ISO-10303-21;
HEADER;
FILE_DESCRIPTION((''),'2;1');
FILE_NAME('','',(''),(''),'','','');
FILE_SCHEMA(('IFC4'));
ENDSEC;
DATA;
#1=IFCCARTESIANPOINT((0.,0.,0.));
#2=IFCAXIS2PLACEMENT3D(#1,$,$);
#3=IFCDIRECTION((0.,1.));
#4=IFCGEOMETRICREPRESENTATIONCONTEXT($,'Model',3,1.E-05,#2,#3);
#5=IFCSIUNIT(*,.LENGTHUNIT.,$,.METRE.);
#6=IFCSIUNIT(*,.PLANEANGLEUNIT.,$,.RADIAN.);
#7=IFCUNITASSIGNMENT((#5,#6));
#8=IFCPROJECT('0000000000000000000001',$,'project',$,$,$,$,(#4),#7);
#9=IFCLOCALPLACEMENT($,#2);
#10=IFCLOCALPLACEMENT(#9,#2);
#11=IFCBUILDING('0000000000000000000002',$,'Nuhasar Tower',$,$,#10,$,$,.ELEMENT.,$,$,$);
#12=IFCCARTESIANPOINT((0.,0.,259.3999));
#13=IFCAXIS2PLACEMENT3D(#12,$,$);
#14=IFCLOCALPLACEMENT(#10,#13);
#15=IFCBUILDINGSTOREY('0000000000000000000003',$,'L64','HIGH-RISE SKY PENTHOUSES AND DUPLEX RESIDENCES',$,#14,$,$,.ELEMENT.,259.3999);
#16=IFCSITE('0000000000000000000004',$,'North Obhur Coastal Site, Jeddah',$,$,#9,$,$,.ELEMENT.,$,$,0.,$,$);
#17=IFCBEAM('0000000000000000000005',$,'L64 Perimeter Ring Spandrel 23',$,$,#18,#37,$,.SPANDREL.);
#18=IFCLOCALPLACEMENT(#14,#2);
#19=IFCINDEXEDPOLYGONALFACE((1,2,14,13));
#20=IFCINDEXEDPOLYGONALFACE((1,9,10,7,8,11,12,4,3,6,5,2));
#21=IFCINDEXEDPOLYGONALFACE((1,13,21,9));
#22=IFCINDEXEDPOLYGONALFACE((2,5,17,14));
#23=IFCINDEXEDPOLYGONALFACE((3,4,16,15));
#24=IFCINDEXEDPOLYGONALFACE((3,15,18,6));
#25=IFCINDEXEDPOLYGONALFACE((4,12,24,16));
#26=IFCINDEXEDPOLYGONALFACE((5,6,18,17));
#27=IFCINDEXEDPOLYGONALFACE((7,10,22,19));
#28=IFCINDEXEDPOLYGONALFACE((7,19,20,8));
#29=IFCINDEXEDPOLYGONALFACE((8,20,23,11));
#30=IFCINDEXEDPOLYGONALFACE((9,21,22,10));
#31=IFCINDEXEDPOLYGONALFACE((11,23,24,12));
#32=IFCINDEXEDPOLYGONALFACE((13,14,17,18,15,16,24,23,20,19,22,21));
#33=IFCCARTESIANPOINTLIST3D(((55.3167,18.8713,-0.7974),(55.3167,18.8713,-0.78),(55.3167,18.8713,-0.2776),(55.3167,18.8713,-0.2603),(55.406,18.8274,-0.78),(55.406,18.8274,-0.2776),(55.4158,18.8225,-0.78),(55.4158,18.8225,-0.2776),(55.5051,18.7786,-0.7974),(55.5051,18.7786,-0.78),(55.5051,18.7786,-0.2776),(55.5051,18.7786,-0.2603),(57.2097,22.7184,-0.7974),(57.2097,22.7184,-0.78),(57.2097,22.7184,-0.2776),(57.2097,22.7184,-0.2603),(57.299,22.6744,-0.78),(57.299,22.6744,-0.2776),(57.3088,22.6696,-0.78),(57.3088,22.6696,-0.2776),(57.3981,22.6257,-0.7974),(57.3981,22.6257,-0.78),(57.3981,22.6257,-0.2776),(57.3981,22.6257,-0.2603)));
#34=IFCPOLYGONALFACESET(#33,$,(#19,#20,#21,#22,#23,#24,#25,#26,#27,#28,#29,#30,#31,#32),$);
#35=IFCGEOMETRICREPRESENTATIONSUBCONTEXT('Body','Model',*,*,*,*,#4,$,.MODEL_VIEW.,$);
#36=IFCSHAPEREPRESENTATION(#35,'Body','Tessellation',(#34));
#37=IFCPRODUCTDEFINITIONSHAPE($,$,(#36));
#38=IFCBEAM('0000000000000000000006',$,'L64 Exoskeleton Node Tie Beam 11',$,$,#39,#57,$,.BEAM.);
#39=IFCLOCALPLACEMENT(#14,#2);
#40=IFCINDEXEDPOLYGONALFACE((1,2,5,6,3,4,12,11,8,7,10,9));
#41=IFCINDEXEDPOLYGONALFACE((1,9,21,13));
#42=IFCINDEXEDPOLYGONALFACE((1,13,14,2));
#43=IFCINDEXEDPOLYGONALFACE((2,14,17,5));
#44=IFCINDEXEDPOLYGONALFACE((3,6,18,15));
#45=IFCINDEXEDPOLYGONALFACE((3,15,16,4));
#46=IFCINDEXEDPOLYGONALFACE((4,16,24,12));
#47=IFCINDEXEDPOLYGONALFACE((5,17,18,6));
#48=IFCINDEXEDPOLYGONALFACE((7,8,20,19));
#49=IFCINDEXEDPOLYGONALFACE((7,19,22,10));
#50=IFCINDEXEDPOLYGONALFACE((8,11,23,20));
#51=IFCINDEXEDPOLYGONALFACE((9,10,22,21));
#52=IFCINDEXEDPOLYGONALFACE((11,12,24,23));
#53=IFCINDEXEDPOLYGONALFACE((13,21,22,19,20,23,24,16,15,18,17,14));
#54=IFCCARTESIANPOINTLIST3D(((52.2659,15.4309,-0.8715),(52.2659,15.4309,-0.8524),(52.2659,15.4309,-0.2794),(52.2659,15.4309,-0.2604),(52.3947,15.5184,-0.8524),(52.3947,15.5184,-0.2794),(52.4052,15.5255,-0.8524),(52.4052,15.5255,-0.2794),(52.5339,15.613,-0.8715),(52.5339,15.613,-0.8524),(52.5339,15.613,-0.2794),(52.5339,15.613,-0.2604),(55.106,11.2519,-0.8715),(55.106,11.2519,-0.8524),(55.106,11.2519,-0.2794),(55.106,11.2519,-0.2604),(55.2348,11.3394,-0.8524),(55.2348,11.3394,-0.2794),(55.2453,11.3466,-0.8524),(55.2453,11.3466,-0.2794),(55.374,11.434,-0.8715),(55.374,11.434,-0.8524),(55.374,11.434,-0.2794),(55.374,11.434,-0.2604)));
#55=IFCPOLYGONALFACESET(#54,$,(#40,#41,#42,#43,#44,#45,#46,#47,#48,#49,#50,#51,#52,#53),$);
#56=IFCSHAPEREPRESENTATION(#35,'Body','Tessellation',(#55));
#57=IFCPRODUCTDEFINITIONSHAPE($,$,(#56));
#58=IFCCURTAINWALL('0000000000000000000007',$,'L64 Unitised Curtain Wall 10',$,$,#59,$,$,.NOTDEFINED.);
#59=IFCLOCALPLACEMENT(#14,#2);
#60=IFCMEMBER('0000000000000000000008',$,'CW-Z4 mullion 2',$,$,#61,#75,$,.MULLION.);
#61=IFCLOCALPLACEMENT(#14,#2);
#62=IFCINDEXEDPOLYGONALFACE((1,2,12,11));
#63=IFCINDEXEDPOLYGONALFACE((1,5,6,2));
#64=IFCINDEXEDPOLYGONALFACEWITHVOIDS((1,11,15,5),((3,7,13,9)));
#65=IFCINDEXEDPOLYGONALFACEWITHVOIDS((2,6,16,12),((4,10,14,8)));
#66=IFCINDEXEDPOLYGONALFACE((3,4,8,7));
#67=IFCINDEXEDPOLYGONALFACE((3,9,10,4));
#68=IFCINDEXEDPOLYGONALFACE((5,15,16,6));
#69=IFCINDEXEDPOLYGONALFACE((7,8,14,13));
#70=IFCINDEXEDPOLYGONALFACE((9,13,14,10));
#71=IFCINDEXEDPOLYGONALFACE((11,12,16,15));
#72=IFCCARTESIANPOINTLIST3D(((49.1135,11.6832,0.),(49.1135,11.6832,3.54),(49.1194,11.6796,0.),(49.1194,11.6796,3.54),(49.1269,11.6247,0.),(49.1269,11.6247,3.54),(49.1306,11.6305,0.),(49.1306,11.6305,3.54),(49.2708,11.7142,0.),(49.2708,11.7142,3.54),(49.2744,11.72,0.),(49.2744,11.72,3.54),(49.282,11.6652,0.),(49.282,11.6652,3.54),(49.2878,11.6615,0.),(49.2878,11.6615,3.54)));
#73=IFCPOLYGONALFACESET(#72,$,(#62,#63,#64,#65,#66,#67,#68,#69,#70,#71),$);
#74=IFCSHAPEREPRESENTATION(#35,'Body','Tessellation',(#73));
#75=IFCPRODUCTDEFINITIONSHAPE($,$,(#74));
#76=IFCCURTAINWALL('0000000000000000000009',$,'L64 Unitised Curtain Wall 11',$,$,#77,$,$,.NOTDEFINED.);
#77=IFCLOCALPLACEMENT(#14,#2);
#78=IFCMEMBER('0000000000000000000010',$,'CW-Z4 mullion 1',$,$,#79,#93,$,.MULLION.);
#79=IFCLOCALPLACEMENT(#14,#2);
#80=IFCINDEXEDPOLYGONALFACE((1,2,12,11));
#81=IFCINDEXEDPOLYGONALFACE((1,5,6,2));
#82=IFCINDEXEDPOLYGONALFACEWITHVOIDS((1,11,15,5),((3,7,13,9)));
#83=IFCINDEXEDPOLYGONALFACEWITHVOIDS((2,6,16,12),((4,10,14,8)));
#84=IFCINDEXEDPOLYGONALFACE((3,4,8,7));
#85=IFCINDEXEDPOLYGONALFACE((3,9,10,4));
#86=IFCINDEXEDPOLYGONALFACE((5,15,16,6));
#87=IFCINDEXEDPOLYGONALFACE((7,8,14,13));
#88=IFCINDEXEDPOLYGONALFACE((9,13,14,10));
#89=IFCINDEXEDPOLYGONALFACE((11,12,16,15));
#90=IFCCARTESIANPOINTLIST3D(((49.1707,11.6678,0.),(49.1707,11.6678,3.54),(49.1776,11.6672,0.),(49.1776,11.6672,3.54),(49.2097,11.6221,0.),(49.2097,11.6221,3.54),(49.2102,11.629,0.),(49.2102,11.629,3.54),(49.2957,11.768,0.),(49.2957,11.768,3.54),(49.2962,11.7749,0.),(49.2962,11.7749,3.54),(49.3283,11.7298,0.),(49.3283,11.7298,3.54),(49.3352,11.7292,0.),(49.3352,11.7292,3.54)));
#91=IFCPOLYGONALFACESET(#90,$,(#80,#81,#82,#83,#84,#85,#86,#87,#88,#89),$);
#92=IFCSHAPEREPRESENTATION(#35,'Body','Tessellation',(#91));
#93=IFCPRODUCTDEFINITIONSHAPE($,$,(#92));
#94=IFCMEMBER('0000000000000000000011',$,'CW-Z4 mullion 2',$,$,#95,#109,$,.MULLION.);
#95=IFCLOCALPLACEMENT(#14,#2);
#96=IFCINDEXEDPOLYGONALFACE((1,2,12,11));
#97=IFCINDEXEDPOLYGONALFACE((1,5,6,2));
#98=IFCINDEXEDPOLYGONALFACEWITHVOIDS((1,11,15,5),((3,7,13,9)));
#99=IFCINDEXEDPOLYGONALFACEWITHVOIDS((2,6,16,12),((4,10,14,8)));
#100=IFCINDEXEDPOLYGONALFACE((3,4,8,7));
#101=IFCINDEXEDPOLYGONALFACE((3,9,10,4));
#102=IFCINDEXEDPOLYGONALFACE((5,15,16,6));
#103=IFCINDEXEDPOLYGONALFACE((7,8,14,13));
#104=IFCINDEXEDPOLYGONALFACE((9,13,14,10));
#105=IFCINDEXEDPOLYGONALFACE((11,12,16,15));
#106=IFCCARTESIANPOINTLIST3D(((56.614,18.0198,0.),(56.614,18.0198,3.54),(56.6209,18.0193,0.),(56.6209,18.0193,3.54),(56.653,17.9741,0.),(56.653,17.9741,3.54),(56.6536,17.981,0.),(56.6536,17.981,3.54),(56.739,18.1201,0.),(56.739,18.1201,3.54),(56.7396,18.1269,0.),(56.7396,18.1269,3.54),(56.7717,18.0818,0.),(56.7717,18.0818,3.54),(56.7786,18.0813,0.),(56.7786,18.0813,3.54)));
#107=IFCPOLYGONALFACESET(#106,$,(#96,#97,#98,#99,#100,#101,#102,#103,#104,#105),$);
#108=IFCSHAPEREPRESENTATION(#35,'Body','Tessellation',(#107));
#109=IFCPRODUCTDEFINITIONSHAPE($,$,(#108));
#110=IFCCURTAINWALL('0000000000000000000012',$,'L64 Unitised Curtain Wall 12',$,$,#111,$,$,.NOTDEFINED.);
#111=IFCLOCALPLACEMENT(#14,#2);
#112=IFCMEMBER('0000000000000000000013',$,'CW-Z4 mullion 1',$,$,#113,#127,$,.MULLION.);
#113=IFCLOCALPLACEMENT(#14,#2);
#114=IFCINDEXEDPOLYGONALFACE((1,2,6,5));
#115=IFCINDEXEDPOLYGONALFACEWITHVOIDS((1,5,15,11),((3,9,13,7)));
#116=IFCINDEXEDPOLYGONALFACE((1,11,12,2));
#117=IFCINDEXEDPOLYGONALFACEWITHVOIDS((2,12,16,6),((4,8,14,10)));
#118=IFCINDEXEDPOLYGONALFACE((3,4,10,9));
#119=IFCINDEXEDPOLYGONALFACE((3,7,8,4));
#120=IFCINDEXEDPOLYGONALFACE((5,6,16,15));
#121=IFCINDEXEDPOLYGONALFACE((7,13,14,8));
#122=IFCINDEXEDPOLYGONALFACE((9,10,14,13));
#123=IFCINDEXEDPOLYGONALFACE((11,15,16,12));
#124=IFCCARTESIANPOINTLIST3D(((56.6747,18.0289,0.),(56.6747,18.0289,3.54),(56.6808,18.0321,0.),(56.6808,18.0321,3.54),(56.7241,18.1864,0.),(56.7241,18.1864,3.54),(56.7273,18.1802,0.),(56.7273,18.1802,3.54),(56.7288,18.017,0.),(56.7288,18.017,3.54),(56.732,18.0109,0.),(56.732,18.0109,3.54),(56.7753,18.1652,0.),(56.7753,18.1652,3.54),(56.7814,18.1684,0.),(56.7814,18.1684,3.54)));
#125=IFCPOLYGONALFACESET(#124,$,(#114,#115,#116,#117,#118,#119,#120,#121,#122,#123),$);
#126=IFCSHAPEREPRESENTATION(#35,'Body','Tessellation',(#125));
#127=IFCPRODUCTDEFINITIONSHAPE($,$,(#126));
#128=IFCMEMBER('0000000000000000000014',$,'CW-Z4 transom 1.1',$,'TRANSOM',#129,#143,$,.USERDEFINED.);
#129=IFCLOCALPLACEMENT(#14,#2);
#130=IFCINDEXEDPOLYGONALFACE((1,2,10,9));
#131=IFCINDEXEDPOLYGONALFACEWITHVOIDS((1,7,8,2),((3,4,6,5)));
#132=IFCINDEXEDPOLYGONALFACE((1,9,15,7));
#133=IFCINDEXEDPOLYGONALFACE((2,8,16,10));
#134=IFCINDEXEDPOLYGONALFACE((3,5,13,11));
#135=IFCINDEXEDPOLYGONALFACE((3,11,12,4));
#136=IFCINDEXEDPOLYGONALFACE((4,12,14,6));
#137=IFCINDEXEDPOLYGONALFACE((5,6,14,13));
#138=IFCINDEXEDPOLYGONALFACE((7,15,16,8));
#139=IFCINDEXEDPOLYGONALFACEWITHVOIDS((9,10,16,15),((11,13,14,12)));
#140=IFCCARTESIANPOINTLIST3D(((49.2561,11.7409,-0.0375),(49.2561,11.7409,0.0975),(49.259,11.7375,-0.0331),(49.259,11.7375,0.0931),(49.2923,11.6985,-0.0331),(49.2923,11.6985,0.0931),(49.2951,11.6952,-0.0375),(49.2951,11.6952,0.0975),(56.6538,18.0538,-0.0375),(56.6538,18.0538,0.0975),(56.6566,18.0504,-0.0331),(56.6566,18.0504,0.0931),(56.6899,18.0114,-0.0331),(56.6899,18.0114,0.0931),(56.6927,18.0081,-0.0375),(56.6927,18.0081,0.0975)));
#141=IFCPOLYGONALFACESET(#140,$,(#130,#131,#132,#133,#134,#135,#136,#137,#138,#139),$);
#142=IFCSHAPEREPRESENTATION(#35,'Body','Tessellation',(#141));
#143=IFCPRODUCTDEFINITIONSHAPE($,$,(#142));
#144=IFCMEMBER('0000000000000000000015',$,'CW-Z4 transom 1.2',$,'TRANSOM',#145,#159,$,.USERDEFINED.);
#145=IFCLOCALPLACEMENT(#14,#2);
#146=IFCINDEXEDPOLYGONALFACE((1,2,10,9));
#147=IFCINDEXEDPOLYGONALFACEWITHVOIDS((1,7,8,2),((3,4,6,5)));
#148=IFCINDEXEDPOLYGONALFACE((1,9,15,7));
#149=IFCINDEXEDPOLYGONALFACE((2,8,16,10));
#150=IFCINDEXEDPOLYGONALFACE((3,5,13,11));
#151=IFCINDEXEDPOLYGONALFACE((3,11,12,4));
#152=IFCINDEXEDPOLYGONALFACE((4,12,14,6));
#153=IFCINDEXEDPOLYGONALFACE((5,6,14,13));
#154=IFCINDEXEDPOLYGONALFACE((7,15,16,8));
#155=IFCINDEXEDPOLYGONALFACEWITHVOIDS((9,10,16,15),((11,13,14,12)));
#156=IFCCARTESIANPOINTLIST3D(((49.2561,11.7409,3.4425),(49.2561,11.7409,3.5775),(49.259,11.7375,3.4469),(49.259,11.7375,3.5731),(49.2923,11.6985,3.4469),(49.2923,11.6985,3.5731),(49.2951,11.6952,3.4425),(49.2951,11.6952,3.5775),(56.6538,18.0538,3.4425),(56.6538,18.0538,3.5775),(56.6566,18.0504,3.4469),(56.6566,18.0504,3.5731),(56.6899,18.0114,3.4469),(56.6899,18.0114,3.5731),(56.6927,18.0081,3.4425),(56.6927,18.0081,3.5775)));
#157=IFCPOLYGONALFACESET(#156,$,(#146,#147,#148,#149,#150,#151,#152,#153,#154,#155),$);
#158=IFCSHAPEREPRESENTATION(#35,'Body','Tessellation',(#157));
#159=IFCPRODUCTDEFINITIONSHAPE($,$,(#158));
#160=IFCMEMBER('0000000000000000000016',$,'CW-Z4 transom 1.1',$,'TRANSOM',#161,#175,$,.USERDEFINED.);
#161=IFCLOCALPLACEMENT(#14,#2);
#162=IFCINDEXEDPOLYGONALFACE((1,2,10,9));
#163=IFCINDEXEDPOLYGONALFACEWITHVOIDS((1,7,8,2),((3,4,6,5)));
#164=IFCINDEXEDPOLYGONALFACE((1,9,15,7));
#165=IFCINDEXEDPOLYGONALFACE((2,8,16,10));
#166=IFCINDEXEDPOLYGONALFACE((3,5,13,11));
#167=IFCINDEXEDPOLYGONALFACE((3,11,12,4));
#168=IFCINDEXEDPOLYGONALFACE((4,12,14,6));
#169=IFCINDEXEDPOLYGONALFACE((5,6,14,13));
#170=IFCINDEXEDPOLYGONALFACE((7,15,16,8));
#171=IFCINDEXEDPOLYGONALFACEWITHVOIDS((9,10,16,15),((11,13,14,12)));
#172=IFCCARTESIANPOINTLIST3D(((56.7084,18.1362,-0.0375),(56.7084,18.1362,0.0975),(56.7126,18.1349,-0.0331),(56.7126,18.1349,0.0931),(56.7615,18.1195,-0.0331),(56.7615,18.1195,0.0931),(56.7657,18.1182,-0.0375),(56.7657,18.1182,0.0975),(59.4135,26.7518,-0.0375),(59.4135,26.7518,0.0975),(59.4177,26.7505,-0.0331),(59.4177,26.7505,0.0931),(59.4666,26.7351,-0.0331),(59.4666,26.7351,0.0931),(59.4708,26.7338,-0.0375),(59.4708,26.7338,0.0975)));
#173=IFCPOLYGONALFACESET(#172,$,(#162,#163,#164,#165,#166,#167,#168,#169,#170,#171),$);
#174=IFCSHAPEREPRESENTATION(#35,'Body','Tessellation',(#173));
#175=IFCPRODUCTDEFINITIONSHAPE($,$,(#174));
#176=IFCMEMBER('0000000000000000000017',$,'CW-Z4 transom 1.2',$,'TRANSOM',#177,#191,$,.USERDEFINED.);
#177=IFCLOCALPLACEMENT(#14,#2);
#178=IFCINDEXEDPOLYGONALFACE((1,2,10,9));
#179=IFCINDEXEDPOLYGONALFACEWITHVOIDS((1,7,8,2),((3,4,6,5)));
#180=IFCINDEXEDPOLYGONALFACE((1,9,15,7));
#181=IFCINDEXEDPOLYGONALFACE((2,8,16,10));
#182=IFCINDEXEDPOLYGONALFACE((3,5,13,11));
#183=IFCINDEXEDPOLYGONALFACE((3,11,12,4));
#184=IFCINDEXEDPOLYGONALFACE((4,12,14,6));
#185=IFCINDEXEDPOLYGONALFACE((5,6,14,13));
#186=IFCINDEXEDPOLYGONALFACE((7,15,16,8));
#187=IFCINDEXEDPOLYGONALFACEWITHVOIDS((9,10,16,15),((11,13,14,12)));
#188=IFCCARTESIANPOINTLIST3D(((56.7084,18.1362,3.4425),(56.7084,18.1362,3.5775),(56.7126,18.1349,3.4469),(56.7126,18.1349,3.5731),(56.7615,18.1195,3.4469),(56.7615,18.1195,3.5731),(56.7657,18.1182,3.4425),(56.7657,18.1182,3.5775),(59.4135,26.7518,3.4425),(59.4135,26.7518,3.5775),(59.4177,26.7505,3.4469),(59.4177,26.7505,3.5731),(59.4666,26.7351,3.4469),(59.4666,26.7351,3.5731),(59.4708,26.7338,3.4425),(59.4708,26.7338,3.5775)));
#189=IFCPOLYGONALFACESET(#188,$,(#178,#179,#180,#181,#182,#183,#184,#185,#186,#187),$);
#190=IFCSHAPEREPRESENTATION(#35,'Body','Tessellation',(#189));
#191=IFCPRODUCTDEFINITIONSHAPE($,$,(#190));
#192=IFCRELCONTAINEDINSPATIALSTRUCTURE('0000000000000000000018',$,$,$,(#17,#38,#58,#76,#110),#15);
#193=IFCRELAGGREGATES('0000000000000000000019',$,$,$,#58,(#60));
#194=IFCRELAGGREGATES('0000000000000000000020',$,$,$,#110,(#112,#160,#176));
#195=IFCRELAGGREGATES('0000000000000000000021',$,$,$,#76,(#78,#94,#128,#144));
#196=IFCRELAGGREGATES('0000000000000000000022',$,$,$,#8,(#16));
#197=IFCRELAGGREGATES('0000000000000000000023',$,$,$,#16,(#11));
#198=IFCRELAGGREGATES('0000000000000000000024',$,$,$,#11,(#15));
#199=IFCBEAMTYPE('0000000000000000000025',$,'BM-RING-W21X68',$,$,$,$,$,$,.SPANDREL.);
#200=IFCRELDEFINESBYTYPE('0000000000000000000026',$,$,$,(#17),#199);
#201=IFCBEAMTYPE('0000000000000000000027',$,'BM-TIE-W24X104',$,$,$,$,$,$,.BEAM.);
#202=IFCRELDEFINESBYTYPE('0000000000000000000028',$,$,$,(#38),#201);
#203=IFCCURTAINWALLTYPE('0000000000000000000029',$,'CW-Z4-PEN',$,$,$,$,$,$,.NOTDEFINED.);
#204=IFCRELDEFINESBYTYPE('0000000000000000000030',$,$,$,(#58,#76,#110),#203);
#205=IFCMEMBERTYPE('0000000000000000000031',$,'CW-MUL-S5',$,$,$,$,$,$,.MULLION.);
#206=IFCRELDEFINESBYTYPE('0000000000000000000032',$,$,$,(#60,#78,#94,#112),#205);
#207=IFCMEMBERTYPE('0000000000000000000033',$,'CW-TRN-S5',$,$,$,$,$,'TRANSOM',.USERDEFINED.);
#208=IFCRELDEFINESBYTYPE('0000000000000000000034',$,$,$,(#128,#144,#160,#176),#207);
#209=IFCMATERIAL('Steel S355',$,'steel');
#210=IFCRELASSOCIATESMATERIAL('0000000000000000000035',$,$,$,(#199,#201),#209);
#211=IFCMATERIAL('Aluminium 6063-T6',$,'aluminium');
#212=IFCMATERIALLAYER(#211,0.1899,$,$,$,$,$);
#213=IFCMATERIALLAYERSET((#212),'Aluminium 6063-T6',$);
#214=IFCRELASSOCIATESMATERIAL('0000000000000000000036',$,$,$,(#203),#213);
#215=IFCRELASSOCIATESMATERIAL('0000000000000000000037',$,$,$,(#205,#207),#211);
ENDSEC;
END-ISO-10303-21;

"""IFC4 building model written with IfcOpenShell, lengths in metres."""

from ifc_helpers import new_model, si_unit, direction, frame, origin, origin_2d, place, context, subcontext, project, spatial, hollow_rectangle, i_section, extrude, material, layer, layer_set, material_profile, profile_set, type_object, element, aggregate, save


model = new_model("IFC4")

# Units and contexts
model_context = context("Model", 3, precision=1e-05, world=origin(), true_north=direction((0.0, 1.0)))
body_context = subcontext(model_context, "Body", "Model", "MODEL_VIEW")
ifc_project = project(units=[si_unit("LENGTHUNIT", "METRE"), si_unit("PLANEANGLEUNIT", "RADIAN")], contexts=[model_context])

# Site, building, storey
site_placement = place(None, origin())
site = spatial("IfcSite", under=ifc_project, at=site_placement, Name="North Obhur Coastal Site, Jeddah", CompositionType="ELEMENT", RefElevation=0.0)
building_placement = place(site_placement, origin())
building = spatial("IfcBuilding", under=site, at=building_placement, Name="Nuhasar Tower", CompositionType="ELEMENT")
storey_placement = place(building_placement, frame((0.0, 0.0, 259.3999)))
storey = spatial("IfcBuildingStorey", under=building, at=storey_placement, Name="L64", Description="HIGH-RISE SKY PENTHOUSES AND DUPLEX RESIDENCES", CompositionType="ELEMENT", Elevation=259.3999)

# Beams
ifc_material_1 = material(Name="Steel S355", Category="steel")
ifc_material_profile_1 = material_profile(ifc_material_1, i_section(OverallWidth=0.21, OverallDepth=0.5371, WebThickness=0.011, FlangeThickness=0.0173, at=origin_2d()), Name="W21X68")
ifc_profile_set_1 = profile_set([ifc_material_profile_1], Name="Steel S355")
beam_type_1 = type_object("IfcBeamType", Name="BM-RING-W21X68", PredefinedType="SPANDREL", material=ifc_profile_set_1)
beam_1_placement = place(storey_placement, frame((55.4109, 18.825, -0.5288), z_axis=(0.441511, 0.897256, 0.0), x_axis=(-0.897256, 0.441511, 0.0)))
element("IfcBeam", 1, at=beam_1_placement, inside=storey, type_object=beam_type_1, Name="L64 Perimeter Ring Spandrel 23", PredefinedType="SPANDREL", context=body_context, shape_type="SweptSolid", body=[
    extrude(i_section(OverallWidth=0.21, OverallDepth=0.5371, WebThickness=0.011, FlangeThickness=0.0173, at=origin_2d()), origin(), (0.0, 0.0, 1.0), 4.2876),
])
ifc_material_profile_2 = material_profile(ifc_material_1, i_section(OverallWidth=0.324, OverallDepth=0.6111, WebThickness=0.0127, FlangeThickness=0.019, at=origin_2d()), Name="W24X104")
ifc_profile_set_2 = profile_set([ifc_material_profile_2], Name="Steel S355")
beam_type_2 = type_object("IfcBeamType", Name="BM-TIE-W24X104", PredefinedType="BEAM", material=ifc_profile_set_2)
beam_2_placement = place(storey_placement, frame((52.3999, 15.522, -0.5659), z_axis=(0.562093, -0.827074, 0.0), x_axis=(0.827074, 0.562093, 0.0)))
element("IfcBeam", 2, at=beam_2_placement, inside=storey, type_object=beam_type_2, Name="L64 Exoskeleton Node Tie Beam 11", PredefinedType="BEAM", context=body_context, shape_type="SweptSolid", body=[
    extrude(i_section(OverallWidth=0.324, OverallDepth=0.6111, WebThickness=0.0127, FlangeThickness=0.019, at=origin_2d()), origin(), (0.0, 0.0, 1.0), 5.0527),
])

# Curtain wall, member
ifc_material_2 = material(Name="Aluminium 6063-T6", Category="aluminium")
ifc_layer_1 = layer(ifc_material_2, 0.1899)
ifc_layer_set_1 = layer_set([ifc_layer_1], Name="Aluminium 6063-T6")
curtain_wall_type = type_object("IfcCurtainWallType", Name="CW-Z4-PEN", PredefinedType="NOTDEFINED", material=ifc_layer_set_1)
curtain_wall_1_placement = place(storey_placement, origin())
curtain_wall_1 = element("IfcCurtainWall", 3, at=curtain_wall_1_placement, inside=storey, type_object=curtain_wall_type, Name="L64 Unitised Curtain Wall 10", PredefinedType="NOTDEFINED")
ifc_material_profile_3 = material_profile(ifc_material_2, hollow_rectangle(XDim=0.0601, YDim=0.165, WallThickness=0.0049, at=origin_2d()), Name="CWM-5")
ifc_profile_set_3 = profile_set([ifc_material_profile_3], Name="Aluminium 6063-T6")
member_type_1 = type_object("IfcMemberType", Name="CW-MUL-S5", PredefinedType="MULLION", material=ifc_profile_set_3)
member_1_placement = place(storey_placement, frame((49.2007, 11.6724, 0.0), z_axis=(0.0, 0.0, 1.0), x_axis=(-0.222889, 0.974844, 0.0)))
member_1 = element("IfcMember", 4, at=member_1_placement, type_object=member_type_1, Name="CW-Z4 mullion 2", PredefinedType="MULLION", context=body_context, shape_type="SweptSolid", body=[
    extrude(hollow_rectangle(XDim=0.0601, YDim=0.165, WallThickness=0.0049, at=origin_2d()), origin(), (0.0, 0.0, 1.0), 3.54),
])
aggregate(curtain_wall_1, [member_1])

# Curtain wall, members
curtain_wall_2_placement = place(storey_placement, origin())
curtain_wall_2 = element("IfcCurtainWall", 5, at=curtain_wall_2_placement, inside=storey, type_object=curtain_wall_type, Name="L64 Unitised Curtain Wall 11", PredefinedType="NOTDEFINED")
member_2_placement = place(storey_placement, frame((49.2529, 11.6985, 0.0), z_axis=(0.0, 0.0, 1.0), x_axis=(-0.649142, 0.760667, 0.0)))
member_2 = element("IfcMember", 6, at=member_2_placement, type_object=member_type_1, Name="CW-Z4 mullion 1", PredefinedType="MULLION", context=body_context, shape_type="SweptSolid", body=[
    extrude(hollow_rectangle(XDim=0.0601, YDim=0.165, WallThickness=0.0049, at=origin_2d()), origin(), (0.0, 0.0, 1.0), 3.54),
])
member_3_placement = place(storey_placement, frame((56.6963, 18.0505, 0.0), z_axis=(0.0, 0.0, 1.0), x_axis=(-0.649142, 0.760667, 0.0)))
member_3 = element("IfcMember", 7, at=member_3_placement, type_object=member_type_1, Name="CW-Z4 mullion 2", PredefinedType="MULLION", context=body_context, shape_type="SweptSolid", body=[
    extrude(hollow_rectangle(XDim=0.0601, YDim=0.165, WallThickness=0.0049, at=origin_2d()), origin(), (0.0, 0.0, 1.0), 3.54),
])

# Curtain wall, member
curtain_wall_3_placement = place(storey_placement, origin())
curtain_wall_3 = element("IfcCurtainWall", 8, at=curtain_wall_3_placement, inside=storey, type_object=curtain_wall_type, Name="L64 Unitised Curtain Wall 12", PredefinedType="NOTDEFINED")
member_4_placement = place(storey_placement, frame((56.728, 18.0986, 0.0), z_axis=(0.0, 0.0, 1.0), x_axis=(-0.954079, 0.299557, 0.0)))
member_4 = element("IfcMember", 9, at=member_4_placement, type_object=member_type_1, Name="CW-Z4 mullion 1", PredefinedType="MULLION", context=body_context, shape_type="SweptSolid", body=[
    extrude(hollow_rectangle(XDim=0.0601, YDim=0.165, WallThickness=0.0049, at=origin_2d()), origin(), (0.0, 0.0, 1.0), 3.54),
])

# Members
ifc_material_profile_4 = material_profile(ifc_material_2, hollow_rectangle(XDim=0.0601, YDim=0.135, WallThickness=0.0044, at=origin_2d()), Name="CWT-5")
ifc_profile_set_4 = profile_set([ifc_material_profile_4], Name="Aluminium 6063-T6")
member_type_2 = type_object("IfcMemberType", Name="CW-TRN-S5", ElementType="TRANSOM", PredefinedType="USERDEFINED", material=ifc_profile_set_4)
member_5_placement = place(storey_placement, frame((49.2756, 11.718, 0.03), z_axis=(0.760672, 0.649136, 0.0), x_axis=(-0.649136, 0.760672, 0.0)))
member_5 = element("IfcMember", 10, at=member_5_placement, type_object=member_type_2, Name="CW-Z4 transom 1.1", ObjectType="TRANSOM", PredefinedType="USERDEFINED", context=body_context, shape_type="SweptSolid", body=[
    extrude(hollow_rectangle(XDim=0.0601, YDim=0.135, WallThickness=0.0044, at=origin_2d()), origin(), (0.0, 0.0, 1.0), 9.7251),
])
member_6_placement = place(storey_placement, frame((49.2756, 11.718, 3.51), z_axis=(0.760672, 0.649136, 0.0), x_axis=(-0.649136, 0.760672, 0.0)))
member_6 = element("IfcMember", 11, at=member_6_placement, type_object=member_type_2, Name="CW-Z4 transom 1.2", ObjectType="TRANSOM", PredefinedType="USERDEFINED", context=body_context, shape_type="SweptSolid", body=[
    extrude(hollow_rectangle(XDim=0.0601, YDim=0.135, WallThickness=0.0044, at=origin_2d()), origin(), (0.0, 0.0, 1.0), 9.7251),
])
member_7_placement = place(storey_placement, frame((56.7371, 18.1272, 0.03), z_axis=(0.29956, 0.954077, 0.0), x_axis=(-0.954077, 0.29956, 0.0)))
member_7 = element("IfcMember", 12, at=member_7_placement, type_object=member_type_2, Name="CW-Z4 transom 1.1", ObjectType="TRANSOM", PredefinedType="USERDEFINED", context=body_context, shape_type="SweptSolid", body=[
    extrude(hollow_rectangle(XDim=0.0601, YDim=0.135, WallThickness=0.0044, at=origin_2d()), origin(), (0.0, 0.0, 1.0), 9.0303),
])
member_8_placement = place(storey_placement, frame((56.7371, 18.1272, 3.51), z_axis=(0.29956, 0.954077, 0.0), x_axis=(-0.954077, 0.29956, 0.0)))
member_8 = element("IfcMember", 13, at=member_8_placement, type_object=member_type_2, Name="CW-Z4 transom 1.2", ObjectType="TRANSOM", PredefinedType="USERDEFINED", context=body_context, shape_type="SweptSolid", body=[
    extrude(hollow_rectangle(XDim=0.0601, YDim=0.135, WallThickness=0.0044, at=origin_2d()), origin(), (0.0, 0.0, 1.0), 9.0303),
])
aggregate(curtain_wall_3, [member_4, member_7, member_8])

aggregate(curtain_wall_2, [member_2, member_3, member_5, member_6])

save(model, "model.ifc")
